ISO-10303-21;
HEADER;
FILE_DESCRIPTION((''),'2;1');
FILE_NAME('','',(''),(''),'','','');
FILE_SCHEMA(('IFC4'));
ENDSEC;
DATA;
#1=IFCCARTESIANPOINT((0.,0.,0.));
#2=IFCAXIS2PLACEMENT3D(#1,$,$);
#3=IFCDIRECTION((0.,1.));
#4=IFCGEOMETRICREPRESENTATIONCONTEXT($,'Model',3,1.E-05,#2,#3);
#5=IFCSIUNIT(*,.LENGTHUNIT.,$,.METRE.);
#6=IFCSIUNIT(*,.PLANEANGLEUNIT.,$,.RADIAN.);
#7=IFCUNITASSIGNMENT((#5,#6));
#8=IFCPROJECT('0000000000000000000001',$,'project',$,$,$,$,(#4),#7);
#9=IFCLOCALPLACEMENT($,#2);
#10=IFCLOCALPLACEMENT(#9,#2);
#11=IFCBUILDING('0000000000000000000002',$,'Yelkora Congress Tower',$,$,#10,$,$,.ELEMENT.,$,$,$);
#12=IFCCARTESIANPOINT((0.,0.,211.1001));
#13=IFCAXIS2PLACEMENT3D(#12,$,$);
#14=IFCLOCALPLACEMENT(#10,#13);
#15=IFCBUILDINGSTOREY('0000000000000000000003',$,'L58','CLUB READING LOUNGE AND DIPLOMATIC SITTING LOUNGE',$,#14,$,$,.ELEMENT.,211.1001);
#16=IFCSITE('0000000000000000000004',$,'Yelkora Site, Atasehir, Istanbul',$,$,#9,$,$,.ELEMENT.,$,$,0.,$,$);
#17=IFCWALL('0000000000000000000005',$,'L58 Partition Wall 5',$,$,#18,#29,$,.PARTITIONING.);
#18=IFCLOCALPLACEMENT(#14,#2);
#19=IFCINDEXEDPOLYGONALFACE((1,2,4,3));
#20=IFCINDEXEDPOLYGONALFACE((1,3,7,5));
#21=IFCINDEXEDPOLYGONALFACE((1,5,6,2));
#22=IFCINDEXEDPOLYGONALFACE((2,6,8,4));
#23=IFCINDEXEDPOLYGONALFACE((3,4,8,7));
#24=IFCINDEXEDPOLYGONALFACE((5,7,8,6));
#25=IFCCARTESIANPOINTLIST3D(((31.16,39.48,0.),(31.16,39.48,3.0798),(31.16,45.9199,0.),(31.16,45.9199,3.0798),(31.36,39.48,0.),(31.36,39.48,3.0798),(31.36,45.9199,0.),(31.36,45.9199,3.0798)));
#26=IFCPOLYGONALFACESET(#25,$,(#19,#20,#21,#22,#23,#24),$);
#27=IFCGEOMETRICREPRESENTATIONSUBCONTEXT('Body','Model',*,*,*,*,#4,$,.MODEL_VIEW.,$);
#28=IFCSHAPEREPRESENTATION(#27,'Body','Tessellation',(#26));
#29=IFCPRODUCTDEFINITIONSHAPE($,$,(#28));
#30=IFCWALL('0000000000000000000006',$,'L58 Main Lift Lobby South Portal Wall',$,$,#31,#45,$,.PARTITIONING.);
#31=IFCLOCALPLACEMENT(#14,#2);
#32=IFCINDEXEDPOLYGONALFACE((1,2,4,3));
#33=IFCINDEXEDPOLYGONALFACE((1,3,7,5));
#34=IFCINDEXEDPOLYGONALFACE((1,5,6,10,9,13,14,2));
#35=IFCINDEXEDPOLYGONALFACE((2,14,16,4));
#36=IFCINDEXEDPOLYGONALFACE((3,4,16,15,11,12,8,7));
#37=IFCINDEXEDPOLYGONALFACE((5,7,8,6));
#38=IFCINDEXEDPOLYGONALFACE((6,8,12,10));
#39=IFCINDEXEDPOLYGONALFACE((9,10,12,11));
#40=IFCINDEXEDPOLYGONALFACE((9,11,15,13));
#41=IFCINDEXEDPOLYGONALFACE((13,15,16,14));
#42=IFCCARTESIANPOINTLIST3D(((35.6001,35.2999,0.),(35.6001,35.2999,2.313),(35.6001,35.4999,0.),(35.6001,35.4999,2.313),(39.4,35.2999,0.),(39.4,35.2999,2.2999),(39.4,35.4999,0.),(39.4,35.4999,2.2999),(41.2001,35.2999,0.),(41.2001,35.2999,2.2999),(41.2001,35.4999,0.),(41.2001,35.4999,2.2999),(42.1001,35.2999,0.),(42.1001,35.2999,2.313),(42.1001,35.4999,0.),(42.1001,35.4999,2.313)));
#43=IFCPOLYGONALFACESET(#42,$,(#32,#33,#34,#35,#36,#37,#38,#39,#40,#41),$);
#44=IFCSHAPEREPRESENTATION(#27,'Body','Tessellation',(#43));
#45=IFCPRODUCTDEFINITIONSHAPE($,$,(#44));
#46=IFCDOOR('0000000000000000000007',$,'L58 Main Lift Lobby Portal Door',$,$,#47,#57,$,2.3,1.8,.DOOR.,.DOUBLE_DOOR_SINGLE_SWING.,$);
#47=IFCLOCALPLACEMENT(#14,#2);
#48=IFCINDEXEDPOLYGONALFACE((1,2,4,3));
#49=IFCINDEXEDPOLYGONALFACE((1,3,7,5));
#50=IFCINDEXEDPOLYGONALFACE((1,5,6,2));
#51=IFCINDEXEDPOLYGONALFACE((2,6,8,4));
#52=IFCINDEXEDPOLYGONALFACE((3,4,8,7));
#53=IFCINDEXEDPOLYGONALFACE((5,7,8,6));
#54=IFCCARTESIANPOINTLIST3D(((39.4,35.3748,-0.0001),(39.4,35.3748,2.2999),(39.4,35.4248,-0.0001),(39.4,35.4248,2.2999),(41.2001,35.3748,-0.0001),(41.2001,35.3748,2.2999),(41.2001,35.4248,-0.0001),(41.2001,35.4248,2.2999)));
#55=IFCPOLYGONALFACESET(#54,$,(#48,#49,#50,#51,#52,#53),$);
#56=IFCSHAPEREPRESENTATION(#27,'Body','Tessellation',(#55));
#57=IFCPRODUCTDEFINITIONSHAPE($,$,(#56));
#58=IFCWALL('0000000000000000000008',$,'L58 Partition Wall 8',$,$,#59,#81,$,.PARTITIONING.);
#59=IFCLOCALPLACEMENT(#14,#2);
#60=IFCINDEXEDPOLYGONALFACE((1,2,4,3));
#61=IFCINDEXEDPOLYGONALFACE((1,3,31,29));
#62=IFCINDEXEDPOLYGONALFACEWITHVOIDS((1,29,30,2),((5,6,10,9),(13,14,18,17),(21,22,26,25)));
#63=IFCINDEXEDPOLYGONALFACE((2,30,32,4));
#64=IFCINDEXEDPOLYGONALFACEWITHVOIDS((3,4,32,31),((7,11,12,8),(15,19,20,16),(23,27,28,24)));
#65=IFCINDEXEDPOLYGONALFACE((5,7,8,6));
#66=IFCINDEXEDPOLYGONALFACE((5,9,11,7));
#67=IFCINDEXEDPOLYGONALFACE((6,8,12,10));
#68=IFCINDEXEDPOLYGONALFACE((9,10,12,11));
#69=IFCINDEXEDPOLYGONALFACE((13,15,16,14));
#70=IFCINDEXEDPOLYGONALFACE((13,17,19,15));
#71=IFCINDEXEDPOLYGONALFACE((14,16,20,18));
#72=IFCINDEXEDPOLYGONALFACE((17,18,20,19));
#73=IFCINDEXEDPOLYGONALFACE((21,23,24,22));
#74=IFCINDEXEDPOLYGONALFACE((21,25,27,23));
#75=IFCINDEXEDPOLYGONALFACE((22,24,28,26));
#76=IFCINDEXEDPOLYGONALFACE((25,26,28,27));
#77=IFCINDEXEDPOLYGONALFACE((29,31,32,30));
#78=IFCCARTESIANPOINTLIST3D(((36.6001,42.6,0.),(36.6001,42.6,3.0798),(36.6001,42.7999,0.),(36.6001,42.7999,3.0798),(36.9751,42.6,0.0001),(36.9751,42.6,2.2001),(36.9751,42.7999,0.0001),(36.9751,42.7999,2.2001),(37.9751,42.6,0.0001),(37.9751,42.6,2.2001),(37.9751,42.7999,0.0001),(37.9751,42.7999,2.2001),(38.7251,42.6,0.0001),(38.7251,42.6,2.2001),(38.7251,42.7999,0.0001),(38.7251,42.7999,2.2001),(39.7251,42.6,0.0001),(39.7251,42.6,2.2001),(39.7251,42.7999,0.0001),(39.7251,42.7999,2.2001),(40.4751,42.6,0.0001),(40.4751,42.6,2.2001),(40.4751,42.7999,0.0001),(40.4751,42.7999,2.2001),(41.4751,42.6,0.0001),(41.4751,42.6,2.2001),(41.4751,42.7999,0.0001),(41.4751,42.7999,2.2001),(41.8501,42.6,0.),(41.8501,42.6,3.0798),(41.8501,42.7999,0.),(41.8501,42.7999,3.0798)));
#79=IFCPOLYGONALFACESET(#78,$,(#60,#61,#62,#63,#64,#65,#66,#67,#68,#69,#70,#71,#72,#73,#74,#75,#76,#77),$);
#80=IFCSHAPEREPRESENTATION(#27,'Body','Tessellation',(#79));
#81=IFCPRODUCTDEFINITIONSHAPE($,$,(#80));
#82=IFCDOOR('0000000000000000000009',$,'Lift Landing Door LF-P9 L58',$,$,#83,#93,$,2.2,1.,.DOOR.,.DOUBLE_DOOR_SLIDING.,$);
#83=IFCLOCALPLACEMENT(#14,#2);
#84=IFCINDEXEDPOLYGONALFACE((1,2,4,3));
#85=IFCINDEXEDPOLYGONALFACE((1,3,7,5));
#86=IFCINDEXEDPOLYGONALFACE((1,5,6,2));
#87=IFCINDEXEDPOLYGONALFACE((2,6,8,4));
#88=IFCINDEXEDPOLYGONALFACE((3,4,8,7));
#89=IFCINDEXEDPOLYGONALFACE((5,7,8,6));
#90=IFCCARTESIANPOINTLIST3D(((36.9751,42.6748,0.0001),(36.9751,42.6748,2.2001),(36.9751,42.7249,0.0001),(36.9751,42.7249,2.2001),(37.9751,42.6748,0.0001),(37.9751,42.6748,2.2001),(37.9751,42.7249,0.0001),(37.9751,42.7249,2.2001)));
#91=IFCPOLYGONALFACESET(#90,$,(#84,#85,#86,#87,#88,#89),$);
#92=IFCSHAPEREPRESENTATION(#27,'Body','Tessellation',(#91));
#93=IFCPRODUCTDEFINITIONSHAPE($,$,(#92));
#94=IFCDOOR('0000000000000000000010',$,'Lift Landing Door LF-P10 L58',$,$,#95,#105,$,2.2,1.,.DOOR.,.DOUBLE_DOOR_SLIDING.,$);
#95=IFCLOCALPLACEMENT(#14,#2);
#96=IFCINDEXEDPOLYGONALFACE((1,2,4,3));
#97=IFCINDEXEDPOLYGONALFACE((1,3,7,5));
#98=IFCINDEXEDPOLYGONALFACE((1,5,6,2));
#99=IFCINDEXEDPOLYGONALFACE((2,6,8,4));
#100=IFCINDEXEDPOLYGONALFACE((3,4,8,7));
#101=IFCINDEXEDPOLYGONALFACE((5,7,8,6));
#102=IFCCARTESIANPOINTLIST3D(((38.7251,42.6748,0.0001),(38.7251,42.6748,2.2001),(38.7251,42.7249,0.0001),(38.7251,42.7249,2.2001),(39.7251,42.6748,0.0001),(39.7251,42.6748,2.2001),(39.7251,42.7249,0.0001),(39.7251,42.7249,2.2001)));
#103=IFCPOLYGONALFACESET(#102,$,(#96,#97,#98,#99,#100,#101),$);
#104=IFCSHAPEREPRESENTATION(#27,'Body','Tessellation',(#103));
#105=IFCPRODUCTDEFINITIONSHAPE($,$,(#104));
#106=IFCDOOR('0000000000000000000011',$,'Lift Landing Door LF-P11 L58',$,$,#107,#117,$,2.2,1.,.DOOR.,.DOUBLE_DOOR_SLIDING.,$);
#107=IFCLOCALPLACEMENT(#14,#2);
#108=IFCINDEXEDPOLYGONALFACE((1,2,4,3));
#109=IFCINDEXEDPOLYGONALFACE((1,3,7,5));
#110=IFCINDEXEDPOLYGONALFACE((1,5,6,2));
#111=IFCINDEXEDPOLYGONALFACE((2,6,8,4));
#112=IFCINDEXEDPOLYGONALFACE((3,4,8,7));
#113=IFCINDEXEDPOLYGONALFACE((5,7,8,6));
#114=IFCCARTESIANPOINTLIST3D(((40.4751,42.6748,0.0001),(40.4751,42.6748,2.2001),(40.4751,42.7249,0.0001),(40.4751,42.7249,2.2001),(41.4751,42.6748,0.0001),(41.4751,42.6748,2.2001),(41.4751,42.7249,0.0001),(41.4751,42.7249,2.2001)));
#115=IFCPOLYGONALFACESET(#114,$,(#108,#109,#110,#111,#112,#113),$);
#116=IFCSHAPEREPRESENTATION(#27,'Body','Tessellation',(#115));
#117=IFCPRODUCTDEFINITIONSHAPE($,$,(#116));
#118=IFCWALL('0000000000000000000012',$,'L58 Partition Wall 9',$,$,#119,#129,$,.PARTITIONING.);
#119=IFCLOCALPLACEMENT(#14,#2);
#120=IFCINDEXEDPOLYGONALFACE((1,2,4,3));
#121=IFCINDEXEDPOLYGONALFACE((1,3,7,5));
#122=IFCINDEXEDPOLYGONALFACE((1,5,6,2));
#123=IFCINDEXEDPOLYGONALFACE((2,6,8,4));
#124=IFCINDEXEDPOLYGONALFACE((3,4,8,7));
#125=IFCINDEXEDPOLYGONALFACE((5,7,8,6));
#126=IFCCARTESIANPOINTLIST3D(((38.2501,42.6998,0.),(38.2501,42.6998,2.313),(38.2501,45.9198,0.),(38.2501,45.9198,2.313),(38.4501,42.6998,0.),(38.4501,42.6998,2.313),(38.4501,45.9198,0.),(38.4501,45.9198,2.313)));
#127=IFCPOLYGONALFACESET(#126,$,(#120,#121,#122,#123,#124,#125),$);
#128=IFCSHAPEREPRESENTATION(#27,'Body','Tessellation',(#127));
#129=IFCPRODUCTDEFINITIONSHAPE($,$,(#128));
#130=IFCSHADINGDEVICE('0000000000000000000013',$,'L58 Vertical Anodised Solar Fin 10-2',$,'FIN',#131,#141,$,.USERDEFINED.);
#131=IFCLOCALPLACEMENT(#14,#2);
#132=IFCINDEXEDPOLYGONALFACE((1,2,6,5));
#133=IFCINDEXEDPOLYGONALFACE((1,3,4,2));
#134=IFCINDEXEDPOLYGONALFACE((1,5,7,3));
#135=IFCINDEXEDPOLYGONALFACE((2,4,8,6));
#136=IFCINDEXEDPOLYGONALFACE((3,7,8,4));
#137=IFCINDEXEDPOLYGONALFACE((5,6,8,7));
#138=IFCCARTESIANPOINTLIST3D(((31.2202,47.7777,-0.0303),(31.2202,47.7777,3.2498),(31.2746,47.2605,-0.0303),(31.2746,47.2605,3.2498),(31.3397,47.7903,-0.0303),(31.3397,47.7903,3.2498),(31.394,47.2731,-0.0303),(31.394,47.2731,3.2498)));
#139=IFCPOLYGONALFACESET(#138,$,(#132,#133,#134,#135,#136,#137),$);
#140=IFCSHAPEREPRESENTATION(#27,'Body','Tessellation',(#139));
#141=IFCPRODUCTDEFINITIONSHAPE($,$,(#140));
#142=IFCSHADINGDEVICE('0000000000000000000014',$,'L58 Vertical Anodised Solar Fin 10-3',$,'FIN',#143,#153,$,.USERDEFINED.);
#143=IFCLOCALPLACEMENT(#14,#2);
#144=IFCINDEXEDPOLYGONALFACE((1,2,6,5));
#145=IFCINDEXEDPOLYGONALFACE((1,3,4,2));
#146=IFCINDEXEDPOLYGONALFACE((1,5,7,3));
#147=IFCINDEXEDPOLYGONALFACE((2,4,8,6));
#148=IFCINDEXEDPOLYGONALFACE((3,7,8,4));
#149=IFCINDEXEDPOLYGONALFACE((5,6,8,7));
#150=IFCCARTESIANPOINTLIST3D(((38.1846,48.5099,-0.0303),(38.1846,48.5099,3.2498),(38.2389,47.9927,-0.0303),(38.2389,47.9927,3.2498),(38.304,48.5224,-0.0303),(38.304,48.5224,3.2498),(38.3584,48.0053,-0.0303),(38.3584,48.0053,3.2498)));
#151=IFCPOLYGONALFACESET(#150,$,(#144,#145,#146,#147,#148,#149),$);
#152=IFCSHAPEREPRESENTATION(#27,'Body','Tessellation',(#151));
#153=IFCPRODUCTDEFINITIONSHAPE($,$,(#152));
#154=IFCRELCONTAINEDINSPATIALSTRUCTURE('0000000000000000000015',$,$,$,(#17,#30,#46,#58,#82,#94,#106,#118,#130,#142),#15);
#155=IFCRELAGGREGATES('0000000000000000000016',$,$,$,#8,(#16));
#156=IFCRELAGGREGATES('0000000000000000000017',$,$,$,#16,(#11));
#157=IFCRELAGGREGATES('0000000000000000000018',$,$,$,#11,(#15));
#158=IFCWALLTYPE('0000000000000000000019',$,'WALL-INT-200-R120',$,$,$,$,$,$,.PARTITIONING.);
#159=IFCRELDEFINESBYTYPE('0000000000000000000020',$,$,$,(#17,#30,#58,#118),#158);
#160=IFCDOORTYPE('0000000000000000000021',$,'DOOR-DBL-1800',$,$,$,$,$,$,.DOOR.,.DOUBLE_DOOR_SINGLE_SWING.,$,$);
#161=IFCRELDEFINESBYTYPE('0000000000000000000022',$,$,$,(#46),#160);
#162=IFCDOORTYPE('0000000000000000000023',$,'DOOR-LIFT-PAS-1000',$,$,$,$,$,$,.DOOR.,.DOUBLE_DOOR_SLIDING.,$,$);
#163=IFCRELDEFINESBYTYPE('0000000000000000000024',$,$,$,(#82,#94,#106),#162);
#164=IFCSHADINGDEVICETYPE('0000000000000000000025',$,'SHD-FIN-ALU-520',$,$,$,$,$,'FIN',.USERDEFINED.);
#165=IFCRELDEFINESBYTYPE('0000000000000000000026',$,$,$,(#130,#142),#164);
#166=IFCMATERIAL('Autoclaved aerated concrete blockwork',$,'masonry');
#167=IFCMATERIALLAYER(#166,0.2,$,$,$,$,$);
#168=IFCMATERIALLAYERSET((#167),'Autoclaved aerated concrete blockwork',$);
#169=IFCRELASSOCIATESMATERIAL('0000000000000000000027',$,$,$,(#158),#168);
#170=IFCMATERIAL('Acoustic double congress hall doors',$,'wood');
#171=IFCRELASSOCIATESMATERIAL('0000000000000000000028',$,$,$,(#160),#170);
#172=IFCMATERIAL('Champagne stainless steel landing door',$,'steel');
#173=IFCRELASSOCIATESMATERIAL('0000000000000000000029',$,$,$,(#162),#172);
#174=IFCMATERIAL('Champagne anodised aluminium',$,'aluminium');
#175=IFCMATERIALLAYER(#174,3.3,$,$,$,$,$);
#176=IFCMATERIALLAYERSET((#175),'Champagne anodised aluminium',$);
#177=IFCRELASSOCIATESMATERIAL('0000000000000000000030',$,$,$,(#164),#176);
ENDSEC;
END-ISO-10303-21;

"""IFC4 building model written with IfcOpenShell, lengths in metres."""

from ifc_helpers import new_model, si_unit, direction, frame, frame_2d, origin, origin_2d, place, context, subcontext, project, spatial, rectangle, extrude, material, layer, layer_set, type_object, element, fill, save


model = new_model("IFC4")

# Units and contexts
model_context = context("Model", 3, precision=1e-05, world=origin(), true_north=direction((0.0, 1.0)))
body_context = subcontext(model_context, "Body", "Model", "MODEL_VIEW")
ifc_project = project(units=[si_unit("LENGTHUNIT", "METRE"), si_unit("PLANEANGLEUNIT", "RADIAN")], contexts=[model_context])

# Site, building, storey
site_placement = place(None, origin())
site = spatial("IfcSite", under=ifc_project, at=site_placement, Name="Yelkora Site, Atasehir, Istanbul", CompositionType="ELEMENT", RefElevation=0.0)
building_placement = place(site_placement, origin())
building = spatial("IfcBuilding", under=site, at=building_placement, Name="Yelkora Congress Tower", CompositionType="ELEMENT")
storey_placement = place(building_placement, frame((0.0, 0.0, 211.1001)))
storey = spatial("IfcBuildingStorey", under=building, at=storey_placement, Name="L58", Description="CLUB READING LOUNGE AND DIPLOMATIC SITTING LOUNGE", CompositionType="ELEMENT", Elevation=211.1001)

# Wall
ifc_material_1 = material(Name="Autoclaved aerated concrete blockwork", Category="masonry")
ifc_layer_1 = layer(ifc_material_1, 0.2)
ifc_layer_set_1 = layer_set([ifc_layer_1], Name="Autoclaved aerated concrete blockwork")
wall_type_1 = type_object("IfcWallType", Name="WALL-INT-200-R120", PredefinedType="PARTITIONING", material=ifc_layer_set_1)
wall_1_placement = place(storey_placement, frame((31.26, 39.48, 0.0), z_axis=(0.0, 0.0, 1.0), x_axis=(0.0, 1.0, 0.0)))
element("IfcWall", 1, at=wall_1_placement, inside=storey, type_object=wall_type_1, Name="L58 Partition Wall 5", PredefinedType="PARTITIONING", context=body_context, shape_type="SweptSolid", body=[
    extrude(rectangle(XDim=6.4399, YDim=0.2, at=frame_2d((3.22, 0.0))), origin(), (0.0, 0.0, 1.0), 3.0798),
])

# Wall, opening, door
wall_2_placement = place(storey_placement, frame((35.6001, 35.3999, 0.0), z_axis=(0.0, 0.0, 1.0), x_axis=(1.0, 0.0, 0.0)))
wall_2 = element("IfcWall", 2, at=wall_2_placement, inside=storey, type_object=wall_type_1, Name="L58 Main Lift Lobby South Portal Wall", PredefinedType="PARTITIONING", context=body_context, shape_type="SweptSolid", body=[
    extrude(rectangle(XDim=6.5, YDim=0.2, at=frame_2d((3.25, 0.0))), origin(), (0.0, 0.0, 1.0), 2.313),
])
opening_1_placement = place(wall_2_placement, frame((3.8, 0.0, 0.0)))
opening_1 = element("IfcOpeningElement", 3, at=opening_1_placement, cuts=wall_2, PredefinedType="OPENING", context=body_context, shape_type="SweptSolid", body=[
    extrude(rectangle(XDim=1.8, YDim=2.3, at=frame_2d((0.8999, 1.1499))), frame((0.0, 0.1099, 0.0), z_axis=(0.0, -1.0, 0.0), x_axis=(1.0, 0.0, 0.0)), (0.0, 0.0, 1.0), 0.22),
])
ifc_material_2 = material(Name="Acoustic double congress hall doors", Category="wood")
door_type_1 = type_object("IfcDoorType", Name="DOOR-DBL-1800", OperationType="DOUBLE_DOOR_SINGLE_SWING", PredefinedType="DOOR", material=ifc_material_2)
door_1_placement = place(opening_1_placement, origin())
door_1 = element("IfcDoor", 4, at=door_1_placement, inside=storey, type_object=door_type_1, Name="L58 Main Lift Lobby Portal Door", OperationType="DOUBLE_DOOR_SINGLE_SWING", OverallHeight=2.3, OverallWidth=1.8, PredefinedType="DOOR", context=body_context, shape_type="SweptSolid", body=[
    extrude(rectangle(XDim=1.8, YDim=2.3, at=frame_2d((0.8999, 1.1499))), frame((0.0, 0.0249, 0.0), z_axis=(0.0, -1.0, 0.0), x_axis=(1.0, 0.0, 0.0)), (0.0, 0.0, 1.0), 0.05),
])
fill(opening_1, door_1)

# Wall, openings, doors
wall_3_placement = place(storey_placement, frame((36.6001, 42.7, 0.0), z_axis=(0.0, 0.0, 1.0), x_axis=(1.0, 0.0, 0.0)))
wall_3 = element("IfcWall", 5, at=wall_3_placement, inside=storey, type_object=wall_type_1, Name="L58 Partition Wall 8", PredefinedType="PARTITIONING", context=body_context, shape_type="SweptSolid", body=[
    extrude(rectangle(XDim=5.25, YDim=0.2, at=frame_2d((2.625, 0.0))), origin(), (0.0, 0.0, 1.0), 3.0798),
])
opening_2_placement = place(wall_3_placement, frame((0.375, 0.0, 0.0)))
opening_2 = element("IfcOpeningElement", 6, at=opening_2_placement, cuts=wall_3, PredefinedType="OPENING", context=body_context, shape_type="SweptSolid", body=[
    extrude(rectangle(XDim=1.0, YDim=2.2, at=frame_2d((0.5, 1.1001))), frame((0.0, 0.1099, 0.0), z_axis=(0.0, -1.0, 0.0), x_axis=(1.0, 0.0, 0.0)), (0.0, 0.0, 1.0), 0.22),
])
opening_3_placement = place(wall_3_placement, frame((2.125, 0.0, 0.0)))
opening_3 = element("IfcOpeningElement", 7, at=opening_3_placement, cuts=wall_3, PredefinedType="OPENING", context=body_context, shape_type="SweptSolid", body=[
    extrude(rectangle(XDim=1.0, YDim=2.2, at=frame_2d((0.5, 1.1001))), frame((0.0, 0.1099, 0.0), z_axis=(0.0, -1.0, 0.0), x_axis=(1.0, 0.0, 0.0)), (0.0, 0.0, 1.0), 0.22),
])
opening_4_placement = place(wall_3_placement, frame((3.875, 0.0, 0.0)))
opening_4 = element("IfcOpeningElement", 8, at=opening_4_placement, cuts=wall_3, PredefinedType="OPENING", context=body_context, shape_type="SweptSolid", body=[
    extrude(rectangle(XDim=1.0, YDim=2.2, at=frame_2d((0.5, 1.1001))), frame((0.0, 0.1099, 0.0), z_axis=(0.0, -1.0, 0.0), x_axis=(1.0, 0.0, 0.0)), (0.0, 0.0, 1.0), 0.22),
])
ifc_material_3 = material(Name="Champagne stainless steel landing door", Category="steel")
door_type_2 = type_object("IfcDoorType", Name="DOOR-LIFT-PAS-1000", OperationType="DOUBLE_DOOR_SLIDING", PredefinedType="DOOR", material=ifc_material_3)
door_2_placement = place(opening_2_placement, origin())
door_2 = element("IfcDoor", 9, at=door_2_placement, inside=storey, type_object=door_type_2, Name="Lift Landing Door LF-P9 L58", OperationType="DOUBLE_DOOR_SLIDING", OverallHeight=2.2, OverallWidth=1.0, PredefinedType="DOOR", context=body_context, shape_type="SweptSolid", body=[
    extrude(rectangle(XDim=1.0, YDim=2.2, at=frame_2d((0.5, 1.1001))), frame((0.0, 0.0249, 0.0), z_axis=(0.0, -1.0, 0.0), x_axis=(1.0, 0.0, 0.0)), (0.0, 0.0, 1.0), 0.05),
])
fill(opening_2, door_2)
door_3_placement = place(opening_3_placement, origin())
door_3 = element("IfcDoor", 10, at=door_3_placement, inside=storey, type_object=door_type_2, Name="Lift Landing Door LF-P10 L58", OperationType="DOUBLE_DOOR_SLIDING", OverallHeight=2.2, OverallWidth=1.0, PredefinedType="DOOR", context=body_context, shape_type="SweptSolid", body=[
    extrude(rectangle(XDim=1.0, YDim=2.2, at=frame_2d((0.5, 1.1001))), frame((0.0, 0.0249, 0.0), z_axis=(0.0, -1.0, 0.0), x_axis=(1.0, 0.0, 0.0)), (0.0, 0.0, 1.0), 0.05),
])
fill(opening_3, door_3)
door_4_placement = place(opening_4_placement, origin())
door_4 = element("IfcDoor", 11, at=door_4_placement, inside=storey, type_object=door_type_2, Name="Lift Landing Door LF-P11 L58", OperationType="DOUBLE_DOOR_SLIDING", OverallHeight=2.2, OverallWidth=1.0, PredefinedType="DOOR", context=body_context, shape_type="SweptSolid", body=[
    extrude(rectangle(XDim=1.0, YDim=2.2, at=frame_2d((0.5, 1.1001))), frame((0.0, 0.0249, 0.0), z_axis=(0.0, -1.0, 0.0), x_axis=(1.0, 0.0, 0.0)), (0.0, 0.0, 1.0), 0.05),
])
fill(opening_4, door_4)

# Wall
wall_4_placement = place(storey_placement, frame((38.3501, 42.7, 0.0), z_axis=(0.0, 0.0, 1.0), x_axis=(0.0, 1.0, 0.0)))
element("IfcWall", 12, at=wall_4_placement, inside=storey, type_object=wall_type_1, Name="L58 Partition Wall 9", PredefinedType="PARTITIONING", context=body_context, shape_type="SweptSolid", body=[
    extrude(rectangle(XDim=3.22, YDim=0.2, at=frame_2d((1.6099, 0.0))), origin(), (0.0, 0.0, 1.0), 2.313),
])

# Shading devices
ifc_material_4 = material(Name="Champagne anodised aluminium", Category="aluminium")
ifc_layer_2 = layer(ifc_material_4, 3.3)
ifc_layer_set_2 = layer_set([ifc_layer_2], Name="Champagne anodised aluminium")
shading_device_type = type_object("IfcShadingDeviceType", Name="SHD-FIN-ALU-520", ElementType="FIN", PredefinedType="USERDEFINED", material=ifc_layer_set_2)
for number, where, z_axis, x_axis, name in (
    (13, (31.3071, 47.5254, -0.0303), (0.0, 0.0, 1.0), (0.994522, 0.104528, 0.0), "L58 Vertical Anodised Solar Fin 10-2"),
    (14, (38.2715, 48.2576, -0.0303), (0.0, 0.0, 1.0), (0.994522, 0.104528, 0.0), "L58 Vertical Anodised Solar Fin 10-3"),
):
    element("IfcShadingDevice", number, at=place(storey_placement, frame(where, z_axis=z_axis, x_axis=x_axis)), inside=storey, type_object=shading_device_type, Name=name, ObjectType="FIN", PredefinedType="USERDEFINED", context=body_context, shape_type="SweptSolid", body=[
        extrude(rectangle(XDim=0.1201, YDim=0.52, at=origin_2d()), origin(), (0.0, 0.0, 1.0), 3.28),
    ])

save(model, "model.ifc")
